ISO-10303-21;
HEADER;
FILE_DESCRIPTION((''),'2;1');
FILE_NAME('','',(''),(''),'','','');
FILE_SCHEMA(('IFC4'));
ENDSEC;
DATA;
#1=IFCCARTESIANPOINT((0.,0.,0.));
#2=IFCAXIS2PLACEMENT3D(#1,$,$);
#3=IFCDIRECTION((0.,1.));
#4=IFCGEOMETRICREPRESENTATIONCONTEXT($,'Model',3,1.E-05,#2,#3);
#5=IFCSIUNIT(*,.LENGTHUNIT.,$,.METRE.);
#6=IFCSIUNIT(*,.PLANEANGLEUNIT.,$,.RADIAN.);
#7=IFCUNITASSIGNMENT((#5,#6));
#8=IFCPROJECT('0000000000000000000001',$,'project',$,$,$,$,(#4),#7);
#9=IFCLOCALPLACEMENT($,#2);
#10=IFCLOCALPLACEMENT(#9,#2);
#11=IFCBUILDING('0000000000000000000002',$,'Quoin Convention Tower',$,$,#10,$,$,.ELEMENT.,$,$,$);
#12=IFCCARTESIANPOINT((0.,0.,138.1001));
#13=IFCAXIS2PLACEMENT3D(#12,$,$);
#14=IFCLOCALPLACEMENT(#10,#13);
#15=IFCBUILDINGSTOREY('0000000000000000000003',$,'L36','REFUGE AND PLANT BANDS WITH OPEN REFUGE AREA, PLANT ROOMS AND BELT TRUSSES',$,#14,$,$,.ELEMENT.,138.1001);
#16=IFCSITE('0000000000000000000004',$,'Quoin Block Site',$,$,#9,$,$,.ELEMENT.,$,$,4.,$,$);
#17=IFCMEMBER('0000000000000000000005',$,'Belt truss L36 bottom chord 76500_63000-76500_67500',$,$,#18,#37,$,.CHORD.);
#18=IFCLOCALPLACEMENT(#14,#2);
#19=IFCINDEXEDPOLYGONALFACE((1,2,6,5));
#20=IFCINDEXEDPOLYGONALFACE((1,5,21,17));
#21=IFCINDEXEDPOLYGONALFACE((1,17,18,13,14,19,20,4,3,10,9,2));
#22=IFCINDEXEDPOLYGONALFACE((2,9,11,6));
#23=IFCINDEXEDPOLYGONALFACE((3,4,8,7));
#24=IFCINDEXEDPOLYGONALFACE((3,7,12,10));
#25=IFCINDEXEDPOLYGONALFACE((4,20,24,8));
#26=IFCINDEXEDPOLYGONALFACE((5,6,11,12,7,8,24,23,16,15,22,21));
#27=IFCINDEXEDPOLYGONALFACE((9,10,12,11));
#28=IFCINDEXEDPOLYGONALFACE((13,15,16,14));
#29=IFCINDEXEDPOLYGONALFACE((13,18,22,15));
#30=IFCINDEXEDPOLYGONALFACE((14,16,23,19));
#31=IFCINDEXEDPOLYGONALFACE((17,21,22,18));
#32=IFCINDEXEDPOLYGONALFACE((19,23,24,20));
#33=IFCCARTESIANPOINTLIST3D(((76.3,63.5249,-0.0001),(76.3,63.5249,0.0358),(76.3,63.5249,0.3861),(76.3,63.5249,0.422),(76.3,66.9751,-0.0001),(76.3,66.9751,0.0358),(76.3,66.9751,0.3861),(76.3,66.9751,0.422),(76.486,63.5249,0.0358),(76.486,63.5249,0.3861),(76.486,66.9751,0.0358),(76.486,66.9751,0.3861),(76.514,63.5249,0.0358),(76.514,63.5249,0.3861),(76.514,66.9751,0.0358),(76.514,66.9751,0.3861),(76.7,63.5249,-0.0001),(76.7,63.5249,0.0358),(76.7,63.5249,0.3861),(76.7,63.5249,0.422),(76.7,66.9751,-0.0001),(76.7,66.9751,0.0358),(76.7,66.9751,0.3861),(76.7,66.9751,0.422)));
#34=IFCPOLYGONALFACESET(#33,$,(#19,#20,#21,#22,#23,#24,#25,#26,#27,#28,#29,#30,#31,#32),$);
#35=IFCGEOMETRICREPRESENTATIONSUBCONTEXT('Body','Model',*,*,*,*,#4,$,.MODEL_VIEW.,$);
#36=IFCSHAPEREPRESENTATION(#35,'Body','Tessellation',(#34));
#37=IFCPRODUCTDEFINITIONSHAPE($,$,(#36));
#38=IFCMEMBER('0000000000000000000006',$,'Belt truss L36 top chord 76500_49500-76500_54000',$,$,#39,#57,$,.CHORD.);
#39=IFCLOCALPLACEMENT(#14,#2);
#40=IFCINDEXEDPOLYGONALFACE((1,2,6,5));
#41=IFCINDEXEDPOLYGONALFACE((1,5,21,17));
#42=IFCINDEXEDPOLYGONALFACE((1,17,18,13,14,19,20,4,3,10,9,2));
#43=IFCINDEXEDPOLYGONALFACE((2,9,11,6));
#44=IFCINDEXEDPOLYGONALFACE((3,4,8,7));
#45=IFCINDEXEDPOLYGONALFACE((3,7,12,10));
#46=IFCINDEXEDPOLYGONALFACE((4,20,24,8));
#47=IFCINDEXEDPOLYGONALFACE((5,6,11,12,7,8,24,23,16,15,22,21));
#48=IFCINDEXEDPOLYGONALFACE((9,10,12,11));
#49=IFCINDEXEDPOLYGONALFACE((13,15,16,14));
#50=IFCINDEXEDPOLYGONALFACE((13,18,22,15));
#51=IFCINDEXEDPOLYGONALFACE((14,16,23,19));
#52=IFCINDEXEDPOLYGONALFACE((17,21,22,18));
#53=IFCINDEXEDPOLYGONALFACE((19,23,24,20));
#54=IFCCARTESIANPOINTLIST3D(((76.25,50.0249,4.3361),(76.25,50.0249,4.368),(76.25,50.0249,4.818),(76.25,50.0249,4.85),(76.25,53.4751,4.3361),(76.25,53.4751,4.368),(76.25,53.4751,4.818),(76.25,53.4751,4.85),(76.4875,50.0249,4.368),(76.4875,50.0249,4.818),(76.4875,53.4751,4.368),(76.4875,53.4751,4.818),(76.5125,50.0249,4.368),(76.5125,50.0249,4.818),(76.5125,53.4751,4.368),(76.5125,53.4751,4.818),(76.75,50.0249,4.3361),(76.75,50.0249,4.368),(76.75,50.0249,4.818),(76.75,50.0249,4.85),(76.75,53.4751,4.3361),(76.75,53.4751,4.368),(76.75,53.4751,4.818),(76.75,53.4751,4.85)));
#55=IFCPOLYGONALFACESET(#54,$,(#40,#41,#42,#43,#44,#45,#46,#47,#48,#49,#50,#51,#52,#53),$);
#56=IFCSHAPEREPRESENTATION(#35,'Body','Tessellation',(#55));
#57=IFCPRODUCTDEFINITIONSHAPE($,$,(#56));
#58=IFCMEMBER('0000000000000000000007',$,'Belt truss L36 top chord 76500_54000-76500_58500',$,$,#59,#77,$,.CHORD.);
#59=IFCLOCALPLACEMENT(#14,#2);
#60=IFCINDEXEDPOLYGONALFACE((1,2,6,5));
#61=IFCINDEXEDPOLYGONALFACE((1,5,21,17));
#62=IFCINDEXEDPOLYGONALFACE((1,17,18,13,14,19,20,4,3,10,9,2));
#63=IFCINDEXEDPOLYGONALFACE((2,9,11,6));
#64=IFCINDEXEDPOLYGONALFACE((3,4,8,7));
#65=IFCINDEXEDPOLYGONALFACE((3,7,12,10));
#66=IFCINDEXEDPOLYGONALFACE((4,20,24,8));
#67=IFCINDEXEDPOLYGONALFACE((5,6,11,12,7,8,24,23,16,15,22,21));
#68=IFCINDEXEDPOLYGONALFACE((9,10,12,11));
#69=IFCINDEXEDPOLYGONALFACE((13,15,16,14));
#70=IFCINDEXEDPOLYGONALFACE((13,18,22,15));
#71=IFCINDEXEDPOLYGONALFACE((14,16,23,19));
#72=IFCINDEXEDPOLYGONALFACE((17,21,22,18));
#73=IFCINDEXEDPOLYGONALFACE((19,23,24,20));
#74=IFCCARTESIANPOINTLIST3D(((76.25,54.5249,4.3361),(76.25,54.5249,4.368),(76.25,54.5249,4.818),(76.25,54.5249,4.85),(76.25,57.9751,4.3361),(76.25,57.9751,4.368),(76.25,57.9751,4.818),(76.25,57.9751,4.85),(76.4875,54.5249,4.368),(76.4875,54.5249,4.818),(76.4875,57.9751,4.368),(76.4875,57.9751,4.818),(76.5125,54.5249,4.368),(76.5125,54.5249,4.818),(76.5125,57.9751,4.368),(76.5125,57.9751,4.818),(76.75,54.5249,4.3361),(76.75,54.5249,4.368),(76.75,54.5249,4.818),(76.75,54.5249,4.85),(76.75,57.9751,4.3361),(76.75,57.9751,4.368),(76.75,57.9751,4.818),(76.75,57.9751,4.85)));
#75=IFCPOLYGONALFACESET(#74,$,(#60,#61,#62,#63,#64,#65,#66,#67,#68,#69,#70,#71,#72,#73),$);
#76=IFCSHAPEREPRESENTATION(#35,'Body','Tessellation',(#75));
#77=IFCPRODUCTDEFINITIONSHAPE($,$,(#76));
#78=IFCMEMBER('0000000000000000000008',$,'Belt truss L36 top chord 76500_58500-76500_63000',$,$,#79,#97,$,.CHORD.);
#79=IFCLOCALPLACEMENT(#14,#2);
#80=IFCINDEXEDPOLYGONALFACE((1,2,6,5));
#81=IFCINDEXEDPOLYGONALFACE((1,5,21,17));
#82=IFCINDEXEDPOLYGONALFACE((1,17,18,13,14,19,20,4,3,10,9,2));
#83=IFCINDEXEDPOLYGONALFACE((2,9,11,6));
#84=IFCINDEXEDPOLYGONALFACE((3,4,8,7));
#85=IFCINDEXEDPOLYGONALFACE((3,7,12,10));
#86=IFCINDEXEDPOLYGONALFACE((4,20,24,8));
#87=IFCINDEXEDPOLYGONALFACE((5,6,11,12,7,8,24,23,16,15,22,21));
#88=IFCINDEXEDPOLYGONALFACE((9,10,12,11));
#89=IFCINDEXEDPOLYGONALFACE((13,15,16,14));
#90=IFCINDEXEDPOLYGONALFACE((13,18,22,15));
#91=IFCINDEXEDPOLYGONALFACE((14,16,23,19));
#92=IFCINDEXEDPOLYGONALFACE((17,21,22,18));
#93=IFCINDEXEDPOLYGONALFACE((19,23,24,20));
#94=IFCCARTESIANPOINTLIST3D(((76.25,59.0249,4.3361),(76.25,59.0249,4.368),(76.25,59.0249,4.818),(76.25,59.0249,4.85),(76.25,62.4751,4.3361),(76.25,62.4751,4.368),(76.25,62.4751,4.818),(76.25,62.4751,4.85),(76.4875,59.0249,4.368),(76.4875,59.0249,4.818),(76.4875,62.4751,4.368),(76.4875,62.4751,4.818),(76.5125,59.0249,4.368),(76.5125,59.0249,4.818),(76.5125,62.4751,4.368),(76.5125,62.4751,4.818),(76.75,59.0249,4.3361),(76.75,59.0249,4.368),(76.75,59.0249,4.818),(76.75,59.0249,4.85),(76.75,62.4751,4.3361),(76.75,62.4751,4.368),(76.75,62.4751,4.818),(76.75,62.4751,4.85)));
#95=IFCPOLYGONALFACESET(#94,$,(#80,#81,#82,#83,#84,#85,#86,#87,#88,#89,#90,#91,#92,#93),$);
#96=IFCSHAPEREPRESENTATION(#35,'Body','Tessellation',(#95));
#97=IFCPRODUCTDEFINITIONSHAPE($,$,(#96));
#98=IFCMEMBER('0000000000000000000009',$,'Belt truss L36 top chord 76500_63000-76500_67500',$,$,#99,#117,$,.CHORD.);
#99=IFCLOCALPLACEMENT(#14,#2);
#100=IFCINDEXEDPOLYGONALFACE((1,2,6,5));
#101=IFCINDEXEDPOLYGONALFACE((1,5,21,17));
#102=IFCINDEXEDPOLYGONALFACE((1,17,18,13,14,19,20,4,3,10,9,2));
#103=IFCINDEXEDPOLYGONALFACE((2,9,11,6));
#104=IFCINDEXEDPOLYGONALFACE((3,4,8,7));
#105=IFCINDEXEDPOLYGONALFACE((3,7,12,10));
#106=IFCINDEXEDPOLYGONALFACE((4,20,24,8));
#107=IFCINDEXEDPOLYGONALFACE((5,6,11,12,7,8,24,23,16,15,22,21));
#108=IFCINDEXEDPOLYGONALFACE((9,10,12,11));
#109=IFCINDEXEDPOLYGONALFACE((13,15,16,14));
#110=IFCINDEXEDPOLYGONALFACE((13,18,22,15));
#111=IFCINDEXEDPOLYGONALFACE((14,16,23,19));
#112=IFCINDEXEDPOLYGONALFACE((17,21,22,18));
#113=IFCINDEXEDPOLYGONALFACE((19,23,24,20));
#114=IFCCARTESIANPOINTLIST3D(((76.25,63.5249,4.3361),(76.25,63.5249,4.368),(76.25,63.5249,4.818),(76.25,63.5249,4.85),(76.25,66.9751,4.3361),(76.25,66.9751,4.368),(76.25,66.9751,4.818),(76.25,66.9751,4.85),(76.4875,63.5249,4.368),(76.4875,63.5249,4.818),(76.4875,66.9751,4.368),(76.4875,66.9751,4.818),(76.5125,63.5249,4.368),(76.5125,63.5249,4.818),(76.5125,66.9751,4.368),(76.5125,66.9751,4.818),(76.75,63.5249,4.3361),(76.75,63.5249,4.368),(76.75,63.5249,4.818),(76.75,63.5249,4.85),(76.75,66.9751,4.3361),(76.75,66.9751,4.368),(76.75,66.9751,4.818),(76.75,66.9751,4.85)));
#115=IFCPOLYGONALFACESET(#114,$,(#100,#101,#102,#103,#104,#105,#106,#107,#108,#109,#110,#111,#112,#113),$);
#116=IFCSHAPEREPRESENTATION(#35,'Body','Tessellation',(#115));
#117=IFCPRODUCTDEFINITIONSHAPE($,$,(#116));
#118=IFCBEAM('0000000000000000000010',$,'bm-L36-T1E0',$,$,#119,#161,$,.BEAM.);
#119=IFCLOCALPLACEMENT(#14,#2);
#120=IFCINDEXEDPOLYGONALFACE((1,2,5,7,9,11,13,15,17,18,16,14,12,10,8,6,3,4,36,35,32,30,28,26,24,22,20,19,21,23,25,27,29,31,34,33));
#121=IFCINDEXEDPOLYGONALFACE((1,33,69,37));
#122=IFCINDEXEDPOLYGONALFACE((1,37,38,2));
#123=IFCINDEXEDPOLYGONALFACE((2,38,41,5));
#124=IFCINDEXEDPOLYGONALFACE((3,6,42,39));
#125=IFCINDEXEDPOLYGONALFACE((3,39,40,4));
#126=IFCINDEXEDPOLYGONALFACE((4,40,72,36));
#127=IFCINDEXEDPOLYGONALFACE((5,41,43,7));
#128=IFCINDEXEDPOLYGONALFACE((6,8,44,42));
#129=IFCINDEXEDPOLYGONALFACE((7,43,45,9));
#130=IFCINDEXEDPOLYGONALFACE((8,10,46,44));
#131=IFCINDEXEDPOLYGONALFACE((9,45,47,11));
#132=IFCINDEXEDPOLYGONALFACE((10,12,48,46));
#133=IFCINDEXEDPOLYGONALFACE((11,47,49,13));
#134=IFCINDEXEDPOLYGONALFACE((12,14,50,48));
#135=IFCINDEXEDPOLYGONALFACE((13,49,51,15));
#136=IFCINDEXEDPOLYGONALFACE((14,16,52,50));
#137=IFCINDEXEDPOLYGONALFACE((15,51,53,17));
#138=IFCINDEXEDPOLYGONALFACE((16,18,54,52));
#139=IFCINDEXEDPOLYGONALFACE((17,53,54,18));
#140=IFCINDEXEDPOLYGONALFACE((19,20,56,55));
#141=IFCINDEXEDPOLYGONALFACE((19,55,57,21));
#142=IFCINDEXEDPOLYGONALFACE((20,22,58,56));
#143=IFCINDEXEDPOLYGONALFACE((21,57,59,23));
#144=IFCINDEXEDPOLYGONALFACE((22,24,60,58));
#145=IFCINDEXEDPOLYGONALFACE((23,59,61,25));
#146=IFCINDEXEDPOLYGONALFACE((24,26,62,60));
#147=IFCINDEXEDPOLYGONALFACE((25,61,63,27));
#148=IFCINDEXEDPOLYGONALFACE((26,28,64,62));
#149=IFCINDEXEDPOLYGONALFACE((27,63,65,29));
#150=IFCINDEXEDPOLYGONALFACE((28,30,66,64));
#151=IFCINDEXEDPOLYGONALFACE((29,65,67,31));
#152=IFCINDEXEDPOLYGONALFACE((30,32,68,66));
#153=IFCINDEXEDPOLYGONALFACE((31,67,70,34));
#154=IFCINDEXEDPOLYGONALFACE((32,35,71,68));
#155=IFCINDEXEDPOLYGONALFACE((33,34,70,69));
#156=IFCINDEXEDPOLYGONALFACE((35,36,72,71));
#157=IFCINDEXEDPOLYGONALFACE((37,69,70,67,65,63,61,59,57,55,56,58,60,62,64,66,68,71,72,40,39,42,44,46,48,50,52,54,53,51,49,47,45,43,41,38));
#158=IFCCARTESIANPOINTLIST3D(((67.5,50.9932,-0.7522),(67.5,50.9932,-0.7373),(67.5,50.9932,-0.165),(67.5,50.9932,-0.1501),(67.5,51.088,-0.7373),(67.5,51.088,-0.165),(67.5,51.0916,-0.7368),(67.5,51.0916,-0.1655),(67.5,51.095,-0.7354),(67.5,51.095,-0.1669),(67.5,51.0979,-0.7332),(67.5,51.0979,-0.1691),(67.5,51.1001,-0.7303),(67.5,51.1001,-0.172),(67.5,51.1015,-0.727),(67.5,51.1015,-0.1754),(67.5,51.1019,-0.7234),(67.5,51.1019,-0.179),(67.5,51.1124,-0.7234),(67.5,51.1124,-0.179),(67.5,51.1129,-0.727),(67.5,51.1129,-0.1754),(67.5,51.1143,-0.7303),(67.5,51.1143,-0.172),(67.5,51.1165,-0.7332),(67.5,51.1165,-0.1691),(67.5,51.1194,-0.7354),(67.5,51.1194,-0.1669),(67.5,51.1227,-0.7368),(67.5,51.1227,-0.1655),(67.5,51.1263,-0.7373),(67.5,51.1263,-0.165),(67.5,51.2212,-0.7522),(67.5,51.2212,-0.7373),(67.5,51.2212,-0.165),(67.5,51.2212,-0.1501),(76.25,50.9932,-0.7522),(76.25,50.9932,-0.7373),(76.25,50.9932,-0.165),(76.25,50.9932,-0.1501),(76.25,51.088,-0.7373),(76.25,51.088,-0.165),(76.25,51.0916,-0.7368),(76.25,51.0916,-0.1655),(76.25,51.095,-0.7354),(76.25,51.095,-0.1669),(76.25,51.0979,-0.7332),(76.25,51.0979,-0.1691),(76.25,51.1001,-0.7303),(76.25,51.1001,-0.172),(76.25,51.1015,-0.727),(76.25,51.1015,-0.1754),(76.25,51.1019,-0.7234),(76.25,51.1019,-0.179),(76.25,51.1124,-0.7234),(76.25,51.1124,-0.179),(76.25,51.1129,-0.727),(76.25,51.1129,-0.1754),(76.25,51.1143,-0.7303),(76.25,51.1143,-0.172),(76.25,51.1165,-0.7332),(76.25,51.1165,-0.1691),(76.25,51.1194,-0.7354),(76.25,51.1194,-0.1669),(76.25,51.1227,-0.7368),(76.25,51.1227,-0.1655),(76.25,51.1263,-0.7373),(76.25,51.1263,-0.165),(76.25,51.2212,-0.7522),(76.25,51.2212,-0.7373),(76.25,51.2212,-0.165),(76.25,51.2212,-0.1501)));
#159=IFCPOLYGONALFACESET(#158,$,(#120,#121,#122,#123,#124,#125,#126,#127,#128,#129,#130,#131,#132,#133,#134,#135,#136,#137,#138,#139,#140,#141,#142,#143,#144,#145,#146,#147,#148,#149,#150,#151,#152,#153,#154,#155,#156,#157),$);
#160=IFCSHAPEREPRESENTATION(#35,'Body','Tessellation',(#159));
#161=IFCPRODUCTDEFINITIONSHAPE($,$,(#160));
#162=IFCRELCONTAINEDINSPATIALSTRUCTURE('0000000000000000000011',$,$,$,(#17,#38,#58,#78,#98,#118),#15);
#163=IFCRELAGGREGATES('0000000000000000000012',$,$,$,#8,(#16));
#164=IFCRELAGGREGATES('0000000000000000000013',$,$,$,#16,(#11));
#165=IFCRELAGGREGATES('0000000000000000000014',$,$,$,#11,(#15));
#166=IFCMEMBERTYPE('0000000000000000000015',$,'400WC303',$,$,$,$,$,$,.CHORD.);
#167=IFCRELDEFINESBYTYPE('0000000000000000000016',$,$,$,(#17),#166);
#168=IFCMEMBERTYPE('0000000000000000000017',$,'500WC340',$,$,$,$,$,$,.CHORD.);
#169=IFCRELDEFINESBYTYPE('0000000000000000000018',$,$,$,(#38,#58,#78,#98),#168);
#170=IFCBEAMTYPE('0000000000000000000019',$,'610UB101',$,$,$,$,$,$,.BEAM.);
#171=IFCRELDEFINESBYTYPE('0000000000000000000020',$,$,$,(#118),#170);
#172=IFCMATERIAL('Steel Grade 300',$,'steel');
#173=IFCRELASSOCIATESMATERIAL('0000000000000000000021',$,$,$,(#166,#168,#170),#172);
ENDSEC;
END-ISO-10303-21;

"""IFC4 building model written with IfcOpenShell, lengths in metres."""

from ifc_helpers import new_model, si_unit, direction, frame, origin, origin_2d, place, context, subcontext, project, spatial, i_section, extrude, material, material_profile, profile_set, type_object, element, save


model = new_model("IFC4")

# Units and contexts
model_context = context("Model", 3, precision=1e-05, world=origin(), true_north=direction((0.0, 1.0)))
body_context = subcontext(model_context, "Body", "Model", "MODEL_VIEW")
ifc_project = project(units=[si_unit("LENGTHUNIT", "METRE"), si_unit("PLANEANGLEUNIT", "RADIAN")], contexts=[model_context])

# Site, building, storey
site_placement = place(None, origin())
site = spatial("IfcSite", under=ifc_project, at=site_placement, Name="Quoin Block Site", CompositionType="ELEMENT", RefElevation=4.0)
building_placement = place(site_placement, origin())
building = spatial("IfcBuilding", under=site, at=building_placement, Name="Quoin Convention Tower", CompositionType="ELEMENT")
storey_placement = place(building_placement, frame((0.0, 0.0, 138.1001)))
storey = spatial("IfcBuildingStorey", under=building, at=storey_placement, Name="L36", Description="REFUGE AND PLANT BANDS WITH OPEN REFUGE AREA, PLANT ROOMS AND BELT TRUSSES", CompositionType="ELEMENT", Elevation=138.1001)

# Members
ifc_material_1 = material(Name="Steel Grade 300", Category="steel")
ifc_material_profile_1 = material_profile(ifc_material_1, i_section(OverallWidth=0.3999, OverallDepth=0.4221, WebThickness=0.0281, FlangeThickness=0.0359, at=origin_2d()), Name="400WC303")
ifc_profile_set_1 = profile_set([ifc_material_profile_1], Name="Steel Grade 300")
member_type_1 = type_object("IfcMemberType", Name="400WC303", PredefinedType="CHORD", material=ifc_profile_set_1)
for number, where, z_axis, x_axis, name in (
    (1, (76.5, 63.5249, 0.2109), (0.0, 1.0, 0.0), (-1.0, 0.0, 0.0), "Belt truss L36 bottom chord 76500_63000-76500_67500"),
):
    element("IfcMember", number, at=place(storey_placement, frame(where, z_axis=z_axis, x_axis=x_axis)), inside=storey, type_object=member_type_1, Name=name, PredefinedType="CHORD", context=body_context, shape_type="SweptSolid", body=[
        extrude(i_section(OverallWidth=0.3999, OverallDepth=0.4221, WebThickness=0.0281, FlangeThickness=0.0359, at=origin_2d()), origin(), (0.0, 0.0, 1.0), 3.4502),
    ])
ifc_material_profile_2 = material_profile(ifc_material_1, i_section(OverallWidth=0.5, OverallDepth=0.5139, WebThickness=0.0249, FlangeThickness=0.032, at=origin_2d()), Name="500WC340")
ifc_profile_set_2 = profile_set([ifc_material_profile_2], Name="Steel Grade 300")
member_type_2 = type_object("IfcMemberType", Name="500WC340", PredefinedType="CHORD", material=ifc_profile_set_2)
for number, where, z_axis, x_axis, name in (
    (2, (76.5, 50.0249, 4.593), (0.0, 1.0, 0.0), (-1.0, 0.0, 0.0), "Belt truss L36 top chord 76500_49500-76500_54000"),
    (3, (76.5, 54.5249, 4.593), (0.0, 1.0, 0.0), (-1.0, 0.0, 0.0), "Belt truss L36 top chord 76500_54000-76500_58500"),
    (4, (76.5, 59.0249, 4.593), (0.0, 1.0, 0.0), (-1.0, 0.0, 0.0), "Belt truss L36 top chord 76500_58500-76500_63000"),
    (5, (76.5, 63.5249, 4.593), (0.0, 1.0, 0.0), (-1.0, 0.0, 0.0), "Belt truss L36 top chord 76500_63000-76500_67500"),
):
    element("IfcMember", number, at=place(storey_placement, frame(where, z_axis=z_axis, x_axis=x_axis)), inside=storey, type_object=member_type_2, Name=name, PredefinedType="CHORD", context=body_context, shape_type="SweptSolid", body=[
        extrude(i_section(OverallWidth=0.5, OverallDepth=0.5139, WebThickness=0.0249, FlangeThickness=0.032, at=origin_2d()), origin(), (0.0, 0.0, 1.0), 3.4502),
    ])

# Beam
ifc_material_profile_3 = material_profile(ifc_material_1, i_section(OverallWidth=0.228, OverallDepth=0.6021, WebThickness=0.0105, FlangeThickness=0.0149, FilletRadius=0.0139, at=origin_2d()), Name="610UB101")
ifc_profile_set_3 = profile_set([ifc_material_profile_3], Name="Steel Grade 300")
beam_type_1 = type_object("IfcBeamType", Name="610UB101", PredefinedType="BEAM", material=ifc_profile_set_3)
beam_1_placement = place(storey_placement, frame((67.5, 51.1072, -0.4512), z_axis=(1.0, 0.0, 0.0), x_axis=(0.0, 1.0, 0.0)))
element("IfcBeam", 6, at=beam_1_placement, inside=storey, type_object=beam_type_1, Name="bm-L36-T1E0", PredefinedType="BEAM", context=body_context, shape_type="SweptSolid", body=[
    extrude(i_section(OverallWidth=0.228, OverallDepth=0.6021, WebThickness=0.0105, FlangeThickness=0.0149, FilletRadius=0.0139, at=origin_2d()), origin(), (0.0, 0.0, 1.0), 8.75),
])

save(model, "model.ifc")
